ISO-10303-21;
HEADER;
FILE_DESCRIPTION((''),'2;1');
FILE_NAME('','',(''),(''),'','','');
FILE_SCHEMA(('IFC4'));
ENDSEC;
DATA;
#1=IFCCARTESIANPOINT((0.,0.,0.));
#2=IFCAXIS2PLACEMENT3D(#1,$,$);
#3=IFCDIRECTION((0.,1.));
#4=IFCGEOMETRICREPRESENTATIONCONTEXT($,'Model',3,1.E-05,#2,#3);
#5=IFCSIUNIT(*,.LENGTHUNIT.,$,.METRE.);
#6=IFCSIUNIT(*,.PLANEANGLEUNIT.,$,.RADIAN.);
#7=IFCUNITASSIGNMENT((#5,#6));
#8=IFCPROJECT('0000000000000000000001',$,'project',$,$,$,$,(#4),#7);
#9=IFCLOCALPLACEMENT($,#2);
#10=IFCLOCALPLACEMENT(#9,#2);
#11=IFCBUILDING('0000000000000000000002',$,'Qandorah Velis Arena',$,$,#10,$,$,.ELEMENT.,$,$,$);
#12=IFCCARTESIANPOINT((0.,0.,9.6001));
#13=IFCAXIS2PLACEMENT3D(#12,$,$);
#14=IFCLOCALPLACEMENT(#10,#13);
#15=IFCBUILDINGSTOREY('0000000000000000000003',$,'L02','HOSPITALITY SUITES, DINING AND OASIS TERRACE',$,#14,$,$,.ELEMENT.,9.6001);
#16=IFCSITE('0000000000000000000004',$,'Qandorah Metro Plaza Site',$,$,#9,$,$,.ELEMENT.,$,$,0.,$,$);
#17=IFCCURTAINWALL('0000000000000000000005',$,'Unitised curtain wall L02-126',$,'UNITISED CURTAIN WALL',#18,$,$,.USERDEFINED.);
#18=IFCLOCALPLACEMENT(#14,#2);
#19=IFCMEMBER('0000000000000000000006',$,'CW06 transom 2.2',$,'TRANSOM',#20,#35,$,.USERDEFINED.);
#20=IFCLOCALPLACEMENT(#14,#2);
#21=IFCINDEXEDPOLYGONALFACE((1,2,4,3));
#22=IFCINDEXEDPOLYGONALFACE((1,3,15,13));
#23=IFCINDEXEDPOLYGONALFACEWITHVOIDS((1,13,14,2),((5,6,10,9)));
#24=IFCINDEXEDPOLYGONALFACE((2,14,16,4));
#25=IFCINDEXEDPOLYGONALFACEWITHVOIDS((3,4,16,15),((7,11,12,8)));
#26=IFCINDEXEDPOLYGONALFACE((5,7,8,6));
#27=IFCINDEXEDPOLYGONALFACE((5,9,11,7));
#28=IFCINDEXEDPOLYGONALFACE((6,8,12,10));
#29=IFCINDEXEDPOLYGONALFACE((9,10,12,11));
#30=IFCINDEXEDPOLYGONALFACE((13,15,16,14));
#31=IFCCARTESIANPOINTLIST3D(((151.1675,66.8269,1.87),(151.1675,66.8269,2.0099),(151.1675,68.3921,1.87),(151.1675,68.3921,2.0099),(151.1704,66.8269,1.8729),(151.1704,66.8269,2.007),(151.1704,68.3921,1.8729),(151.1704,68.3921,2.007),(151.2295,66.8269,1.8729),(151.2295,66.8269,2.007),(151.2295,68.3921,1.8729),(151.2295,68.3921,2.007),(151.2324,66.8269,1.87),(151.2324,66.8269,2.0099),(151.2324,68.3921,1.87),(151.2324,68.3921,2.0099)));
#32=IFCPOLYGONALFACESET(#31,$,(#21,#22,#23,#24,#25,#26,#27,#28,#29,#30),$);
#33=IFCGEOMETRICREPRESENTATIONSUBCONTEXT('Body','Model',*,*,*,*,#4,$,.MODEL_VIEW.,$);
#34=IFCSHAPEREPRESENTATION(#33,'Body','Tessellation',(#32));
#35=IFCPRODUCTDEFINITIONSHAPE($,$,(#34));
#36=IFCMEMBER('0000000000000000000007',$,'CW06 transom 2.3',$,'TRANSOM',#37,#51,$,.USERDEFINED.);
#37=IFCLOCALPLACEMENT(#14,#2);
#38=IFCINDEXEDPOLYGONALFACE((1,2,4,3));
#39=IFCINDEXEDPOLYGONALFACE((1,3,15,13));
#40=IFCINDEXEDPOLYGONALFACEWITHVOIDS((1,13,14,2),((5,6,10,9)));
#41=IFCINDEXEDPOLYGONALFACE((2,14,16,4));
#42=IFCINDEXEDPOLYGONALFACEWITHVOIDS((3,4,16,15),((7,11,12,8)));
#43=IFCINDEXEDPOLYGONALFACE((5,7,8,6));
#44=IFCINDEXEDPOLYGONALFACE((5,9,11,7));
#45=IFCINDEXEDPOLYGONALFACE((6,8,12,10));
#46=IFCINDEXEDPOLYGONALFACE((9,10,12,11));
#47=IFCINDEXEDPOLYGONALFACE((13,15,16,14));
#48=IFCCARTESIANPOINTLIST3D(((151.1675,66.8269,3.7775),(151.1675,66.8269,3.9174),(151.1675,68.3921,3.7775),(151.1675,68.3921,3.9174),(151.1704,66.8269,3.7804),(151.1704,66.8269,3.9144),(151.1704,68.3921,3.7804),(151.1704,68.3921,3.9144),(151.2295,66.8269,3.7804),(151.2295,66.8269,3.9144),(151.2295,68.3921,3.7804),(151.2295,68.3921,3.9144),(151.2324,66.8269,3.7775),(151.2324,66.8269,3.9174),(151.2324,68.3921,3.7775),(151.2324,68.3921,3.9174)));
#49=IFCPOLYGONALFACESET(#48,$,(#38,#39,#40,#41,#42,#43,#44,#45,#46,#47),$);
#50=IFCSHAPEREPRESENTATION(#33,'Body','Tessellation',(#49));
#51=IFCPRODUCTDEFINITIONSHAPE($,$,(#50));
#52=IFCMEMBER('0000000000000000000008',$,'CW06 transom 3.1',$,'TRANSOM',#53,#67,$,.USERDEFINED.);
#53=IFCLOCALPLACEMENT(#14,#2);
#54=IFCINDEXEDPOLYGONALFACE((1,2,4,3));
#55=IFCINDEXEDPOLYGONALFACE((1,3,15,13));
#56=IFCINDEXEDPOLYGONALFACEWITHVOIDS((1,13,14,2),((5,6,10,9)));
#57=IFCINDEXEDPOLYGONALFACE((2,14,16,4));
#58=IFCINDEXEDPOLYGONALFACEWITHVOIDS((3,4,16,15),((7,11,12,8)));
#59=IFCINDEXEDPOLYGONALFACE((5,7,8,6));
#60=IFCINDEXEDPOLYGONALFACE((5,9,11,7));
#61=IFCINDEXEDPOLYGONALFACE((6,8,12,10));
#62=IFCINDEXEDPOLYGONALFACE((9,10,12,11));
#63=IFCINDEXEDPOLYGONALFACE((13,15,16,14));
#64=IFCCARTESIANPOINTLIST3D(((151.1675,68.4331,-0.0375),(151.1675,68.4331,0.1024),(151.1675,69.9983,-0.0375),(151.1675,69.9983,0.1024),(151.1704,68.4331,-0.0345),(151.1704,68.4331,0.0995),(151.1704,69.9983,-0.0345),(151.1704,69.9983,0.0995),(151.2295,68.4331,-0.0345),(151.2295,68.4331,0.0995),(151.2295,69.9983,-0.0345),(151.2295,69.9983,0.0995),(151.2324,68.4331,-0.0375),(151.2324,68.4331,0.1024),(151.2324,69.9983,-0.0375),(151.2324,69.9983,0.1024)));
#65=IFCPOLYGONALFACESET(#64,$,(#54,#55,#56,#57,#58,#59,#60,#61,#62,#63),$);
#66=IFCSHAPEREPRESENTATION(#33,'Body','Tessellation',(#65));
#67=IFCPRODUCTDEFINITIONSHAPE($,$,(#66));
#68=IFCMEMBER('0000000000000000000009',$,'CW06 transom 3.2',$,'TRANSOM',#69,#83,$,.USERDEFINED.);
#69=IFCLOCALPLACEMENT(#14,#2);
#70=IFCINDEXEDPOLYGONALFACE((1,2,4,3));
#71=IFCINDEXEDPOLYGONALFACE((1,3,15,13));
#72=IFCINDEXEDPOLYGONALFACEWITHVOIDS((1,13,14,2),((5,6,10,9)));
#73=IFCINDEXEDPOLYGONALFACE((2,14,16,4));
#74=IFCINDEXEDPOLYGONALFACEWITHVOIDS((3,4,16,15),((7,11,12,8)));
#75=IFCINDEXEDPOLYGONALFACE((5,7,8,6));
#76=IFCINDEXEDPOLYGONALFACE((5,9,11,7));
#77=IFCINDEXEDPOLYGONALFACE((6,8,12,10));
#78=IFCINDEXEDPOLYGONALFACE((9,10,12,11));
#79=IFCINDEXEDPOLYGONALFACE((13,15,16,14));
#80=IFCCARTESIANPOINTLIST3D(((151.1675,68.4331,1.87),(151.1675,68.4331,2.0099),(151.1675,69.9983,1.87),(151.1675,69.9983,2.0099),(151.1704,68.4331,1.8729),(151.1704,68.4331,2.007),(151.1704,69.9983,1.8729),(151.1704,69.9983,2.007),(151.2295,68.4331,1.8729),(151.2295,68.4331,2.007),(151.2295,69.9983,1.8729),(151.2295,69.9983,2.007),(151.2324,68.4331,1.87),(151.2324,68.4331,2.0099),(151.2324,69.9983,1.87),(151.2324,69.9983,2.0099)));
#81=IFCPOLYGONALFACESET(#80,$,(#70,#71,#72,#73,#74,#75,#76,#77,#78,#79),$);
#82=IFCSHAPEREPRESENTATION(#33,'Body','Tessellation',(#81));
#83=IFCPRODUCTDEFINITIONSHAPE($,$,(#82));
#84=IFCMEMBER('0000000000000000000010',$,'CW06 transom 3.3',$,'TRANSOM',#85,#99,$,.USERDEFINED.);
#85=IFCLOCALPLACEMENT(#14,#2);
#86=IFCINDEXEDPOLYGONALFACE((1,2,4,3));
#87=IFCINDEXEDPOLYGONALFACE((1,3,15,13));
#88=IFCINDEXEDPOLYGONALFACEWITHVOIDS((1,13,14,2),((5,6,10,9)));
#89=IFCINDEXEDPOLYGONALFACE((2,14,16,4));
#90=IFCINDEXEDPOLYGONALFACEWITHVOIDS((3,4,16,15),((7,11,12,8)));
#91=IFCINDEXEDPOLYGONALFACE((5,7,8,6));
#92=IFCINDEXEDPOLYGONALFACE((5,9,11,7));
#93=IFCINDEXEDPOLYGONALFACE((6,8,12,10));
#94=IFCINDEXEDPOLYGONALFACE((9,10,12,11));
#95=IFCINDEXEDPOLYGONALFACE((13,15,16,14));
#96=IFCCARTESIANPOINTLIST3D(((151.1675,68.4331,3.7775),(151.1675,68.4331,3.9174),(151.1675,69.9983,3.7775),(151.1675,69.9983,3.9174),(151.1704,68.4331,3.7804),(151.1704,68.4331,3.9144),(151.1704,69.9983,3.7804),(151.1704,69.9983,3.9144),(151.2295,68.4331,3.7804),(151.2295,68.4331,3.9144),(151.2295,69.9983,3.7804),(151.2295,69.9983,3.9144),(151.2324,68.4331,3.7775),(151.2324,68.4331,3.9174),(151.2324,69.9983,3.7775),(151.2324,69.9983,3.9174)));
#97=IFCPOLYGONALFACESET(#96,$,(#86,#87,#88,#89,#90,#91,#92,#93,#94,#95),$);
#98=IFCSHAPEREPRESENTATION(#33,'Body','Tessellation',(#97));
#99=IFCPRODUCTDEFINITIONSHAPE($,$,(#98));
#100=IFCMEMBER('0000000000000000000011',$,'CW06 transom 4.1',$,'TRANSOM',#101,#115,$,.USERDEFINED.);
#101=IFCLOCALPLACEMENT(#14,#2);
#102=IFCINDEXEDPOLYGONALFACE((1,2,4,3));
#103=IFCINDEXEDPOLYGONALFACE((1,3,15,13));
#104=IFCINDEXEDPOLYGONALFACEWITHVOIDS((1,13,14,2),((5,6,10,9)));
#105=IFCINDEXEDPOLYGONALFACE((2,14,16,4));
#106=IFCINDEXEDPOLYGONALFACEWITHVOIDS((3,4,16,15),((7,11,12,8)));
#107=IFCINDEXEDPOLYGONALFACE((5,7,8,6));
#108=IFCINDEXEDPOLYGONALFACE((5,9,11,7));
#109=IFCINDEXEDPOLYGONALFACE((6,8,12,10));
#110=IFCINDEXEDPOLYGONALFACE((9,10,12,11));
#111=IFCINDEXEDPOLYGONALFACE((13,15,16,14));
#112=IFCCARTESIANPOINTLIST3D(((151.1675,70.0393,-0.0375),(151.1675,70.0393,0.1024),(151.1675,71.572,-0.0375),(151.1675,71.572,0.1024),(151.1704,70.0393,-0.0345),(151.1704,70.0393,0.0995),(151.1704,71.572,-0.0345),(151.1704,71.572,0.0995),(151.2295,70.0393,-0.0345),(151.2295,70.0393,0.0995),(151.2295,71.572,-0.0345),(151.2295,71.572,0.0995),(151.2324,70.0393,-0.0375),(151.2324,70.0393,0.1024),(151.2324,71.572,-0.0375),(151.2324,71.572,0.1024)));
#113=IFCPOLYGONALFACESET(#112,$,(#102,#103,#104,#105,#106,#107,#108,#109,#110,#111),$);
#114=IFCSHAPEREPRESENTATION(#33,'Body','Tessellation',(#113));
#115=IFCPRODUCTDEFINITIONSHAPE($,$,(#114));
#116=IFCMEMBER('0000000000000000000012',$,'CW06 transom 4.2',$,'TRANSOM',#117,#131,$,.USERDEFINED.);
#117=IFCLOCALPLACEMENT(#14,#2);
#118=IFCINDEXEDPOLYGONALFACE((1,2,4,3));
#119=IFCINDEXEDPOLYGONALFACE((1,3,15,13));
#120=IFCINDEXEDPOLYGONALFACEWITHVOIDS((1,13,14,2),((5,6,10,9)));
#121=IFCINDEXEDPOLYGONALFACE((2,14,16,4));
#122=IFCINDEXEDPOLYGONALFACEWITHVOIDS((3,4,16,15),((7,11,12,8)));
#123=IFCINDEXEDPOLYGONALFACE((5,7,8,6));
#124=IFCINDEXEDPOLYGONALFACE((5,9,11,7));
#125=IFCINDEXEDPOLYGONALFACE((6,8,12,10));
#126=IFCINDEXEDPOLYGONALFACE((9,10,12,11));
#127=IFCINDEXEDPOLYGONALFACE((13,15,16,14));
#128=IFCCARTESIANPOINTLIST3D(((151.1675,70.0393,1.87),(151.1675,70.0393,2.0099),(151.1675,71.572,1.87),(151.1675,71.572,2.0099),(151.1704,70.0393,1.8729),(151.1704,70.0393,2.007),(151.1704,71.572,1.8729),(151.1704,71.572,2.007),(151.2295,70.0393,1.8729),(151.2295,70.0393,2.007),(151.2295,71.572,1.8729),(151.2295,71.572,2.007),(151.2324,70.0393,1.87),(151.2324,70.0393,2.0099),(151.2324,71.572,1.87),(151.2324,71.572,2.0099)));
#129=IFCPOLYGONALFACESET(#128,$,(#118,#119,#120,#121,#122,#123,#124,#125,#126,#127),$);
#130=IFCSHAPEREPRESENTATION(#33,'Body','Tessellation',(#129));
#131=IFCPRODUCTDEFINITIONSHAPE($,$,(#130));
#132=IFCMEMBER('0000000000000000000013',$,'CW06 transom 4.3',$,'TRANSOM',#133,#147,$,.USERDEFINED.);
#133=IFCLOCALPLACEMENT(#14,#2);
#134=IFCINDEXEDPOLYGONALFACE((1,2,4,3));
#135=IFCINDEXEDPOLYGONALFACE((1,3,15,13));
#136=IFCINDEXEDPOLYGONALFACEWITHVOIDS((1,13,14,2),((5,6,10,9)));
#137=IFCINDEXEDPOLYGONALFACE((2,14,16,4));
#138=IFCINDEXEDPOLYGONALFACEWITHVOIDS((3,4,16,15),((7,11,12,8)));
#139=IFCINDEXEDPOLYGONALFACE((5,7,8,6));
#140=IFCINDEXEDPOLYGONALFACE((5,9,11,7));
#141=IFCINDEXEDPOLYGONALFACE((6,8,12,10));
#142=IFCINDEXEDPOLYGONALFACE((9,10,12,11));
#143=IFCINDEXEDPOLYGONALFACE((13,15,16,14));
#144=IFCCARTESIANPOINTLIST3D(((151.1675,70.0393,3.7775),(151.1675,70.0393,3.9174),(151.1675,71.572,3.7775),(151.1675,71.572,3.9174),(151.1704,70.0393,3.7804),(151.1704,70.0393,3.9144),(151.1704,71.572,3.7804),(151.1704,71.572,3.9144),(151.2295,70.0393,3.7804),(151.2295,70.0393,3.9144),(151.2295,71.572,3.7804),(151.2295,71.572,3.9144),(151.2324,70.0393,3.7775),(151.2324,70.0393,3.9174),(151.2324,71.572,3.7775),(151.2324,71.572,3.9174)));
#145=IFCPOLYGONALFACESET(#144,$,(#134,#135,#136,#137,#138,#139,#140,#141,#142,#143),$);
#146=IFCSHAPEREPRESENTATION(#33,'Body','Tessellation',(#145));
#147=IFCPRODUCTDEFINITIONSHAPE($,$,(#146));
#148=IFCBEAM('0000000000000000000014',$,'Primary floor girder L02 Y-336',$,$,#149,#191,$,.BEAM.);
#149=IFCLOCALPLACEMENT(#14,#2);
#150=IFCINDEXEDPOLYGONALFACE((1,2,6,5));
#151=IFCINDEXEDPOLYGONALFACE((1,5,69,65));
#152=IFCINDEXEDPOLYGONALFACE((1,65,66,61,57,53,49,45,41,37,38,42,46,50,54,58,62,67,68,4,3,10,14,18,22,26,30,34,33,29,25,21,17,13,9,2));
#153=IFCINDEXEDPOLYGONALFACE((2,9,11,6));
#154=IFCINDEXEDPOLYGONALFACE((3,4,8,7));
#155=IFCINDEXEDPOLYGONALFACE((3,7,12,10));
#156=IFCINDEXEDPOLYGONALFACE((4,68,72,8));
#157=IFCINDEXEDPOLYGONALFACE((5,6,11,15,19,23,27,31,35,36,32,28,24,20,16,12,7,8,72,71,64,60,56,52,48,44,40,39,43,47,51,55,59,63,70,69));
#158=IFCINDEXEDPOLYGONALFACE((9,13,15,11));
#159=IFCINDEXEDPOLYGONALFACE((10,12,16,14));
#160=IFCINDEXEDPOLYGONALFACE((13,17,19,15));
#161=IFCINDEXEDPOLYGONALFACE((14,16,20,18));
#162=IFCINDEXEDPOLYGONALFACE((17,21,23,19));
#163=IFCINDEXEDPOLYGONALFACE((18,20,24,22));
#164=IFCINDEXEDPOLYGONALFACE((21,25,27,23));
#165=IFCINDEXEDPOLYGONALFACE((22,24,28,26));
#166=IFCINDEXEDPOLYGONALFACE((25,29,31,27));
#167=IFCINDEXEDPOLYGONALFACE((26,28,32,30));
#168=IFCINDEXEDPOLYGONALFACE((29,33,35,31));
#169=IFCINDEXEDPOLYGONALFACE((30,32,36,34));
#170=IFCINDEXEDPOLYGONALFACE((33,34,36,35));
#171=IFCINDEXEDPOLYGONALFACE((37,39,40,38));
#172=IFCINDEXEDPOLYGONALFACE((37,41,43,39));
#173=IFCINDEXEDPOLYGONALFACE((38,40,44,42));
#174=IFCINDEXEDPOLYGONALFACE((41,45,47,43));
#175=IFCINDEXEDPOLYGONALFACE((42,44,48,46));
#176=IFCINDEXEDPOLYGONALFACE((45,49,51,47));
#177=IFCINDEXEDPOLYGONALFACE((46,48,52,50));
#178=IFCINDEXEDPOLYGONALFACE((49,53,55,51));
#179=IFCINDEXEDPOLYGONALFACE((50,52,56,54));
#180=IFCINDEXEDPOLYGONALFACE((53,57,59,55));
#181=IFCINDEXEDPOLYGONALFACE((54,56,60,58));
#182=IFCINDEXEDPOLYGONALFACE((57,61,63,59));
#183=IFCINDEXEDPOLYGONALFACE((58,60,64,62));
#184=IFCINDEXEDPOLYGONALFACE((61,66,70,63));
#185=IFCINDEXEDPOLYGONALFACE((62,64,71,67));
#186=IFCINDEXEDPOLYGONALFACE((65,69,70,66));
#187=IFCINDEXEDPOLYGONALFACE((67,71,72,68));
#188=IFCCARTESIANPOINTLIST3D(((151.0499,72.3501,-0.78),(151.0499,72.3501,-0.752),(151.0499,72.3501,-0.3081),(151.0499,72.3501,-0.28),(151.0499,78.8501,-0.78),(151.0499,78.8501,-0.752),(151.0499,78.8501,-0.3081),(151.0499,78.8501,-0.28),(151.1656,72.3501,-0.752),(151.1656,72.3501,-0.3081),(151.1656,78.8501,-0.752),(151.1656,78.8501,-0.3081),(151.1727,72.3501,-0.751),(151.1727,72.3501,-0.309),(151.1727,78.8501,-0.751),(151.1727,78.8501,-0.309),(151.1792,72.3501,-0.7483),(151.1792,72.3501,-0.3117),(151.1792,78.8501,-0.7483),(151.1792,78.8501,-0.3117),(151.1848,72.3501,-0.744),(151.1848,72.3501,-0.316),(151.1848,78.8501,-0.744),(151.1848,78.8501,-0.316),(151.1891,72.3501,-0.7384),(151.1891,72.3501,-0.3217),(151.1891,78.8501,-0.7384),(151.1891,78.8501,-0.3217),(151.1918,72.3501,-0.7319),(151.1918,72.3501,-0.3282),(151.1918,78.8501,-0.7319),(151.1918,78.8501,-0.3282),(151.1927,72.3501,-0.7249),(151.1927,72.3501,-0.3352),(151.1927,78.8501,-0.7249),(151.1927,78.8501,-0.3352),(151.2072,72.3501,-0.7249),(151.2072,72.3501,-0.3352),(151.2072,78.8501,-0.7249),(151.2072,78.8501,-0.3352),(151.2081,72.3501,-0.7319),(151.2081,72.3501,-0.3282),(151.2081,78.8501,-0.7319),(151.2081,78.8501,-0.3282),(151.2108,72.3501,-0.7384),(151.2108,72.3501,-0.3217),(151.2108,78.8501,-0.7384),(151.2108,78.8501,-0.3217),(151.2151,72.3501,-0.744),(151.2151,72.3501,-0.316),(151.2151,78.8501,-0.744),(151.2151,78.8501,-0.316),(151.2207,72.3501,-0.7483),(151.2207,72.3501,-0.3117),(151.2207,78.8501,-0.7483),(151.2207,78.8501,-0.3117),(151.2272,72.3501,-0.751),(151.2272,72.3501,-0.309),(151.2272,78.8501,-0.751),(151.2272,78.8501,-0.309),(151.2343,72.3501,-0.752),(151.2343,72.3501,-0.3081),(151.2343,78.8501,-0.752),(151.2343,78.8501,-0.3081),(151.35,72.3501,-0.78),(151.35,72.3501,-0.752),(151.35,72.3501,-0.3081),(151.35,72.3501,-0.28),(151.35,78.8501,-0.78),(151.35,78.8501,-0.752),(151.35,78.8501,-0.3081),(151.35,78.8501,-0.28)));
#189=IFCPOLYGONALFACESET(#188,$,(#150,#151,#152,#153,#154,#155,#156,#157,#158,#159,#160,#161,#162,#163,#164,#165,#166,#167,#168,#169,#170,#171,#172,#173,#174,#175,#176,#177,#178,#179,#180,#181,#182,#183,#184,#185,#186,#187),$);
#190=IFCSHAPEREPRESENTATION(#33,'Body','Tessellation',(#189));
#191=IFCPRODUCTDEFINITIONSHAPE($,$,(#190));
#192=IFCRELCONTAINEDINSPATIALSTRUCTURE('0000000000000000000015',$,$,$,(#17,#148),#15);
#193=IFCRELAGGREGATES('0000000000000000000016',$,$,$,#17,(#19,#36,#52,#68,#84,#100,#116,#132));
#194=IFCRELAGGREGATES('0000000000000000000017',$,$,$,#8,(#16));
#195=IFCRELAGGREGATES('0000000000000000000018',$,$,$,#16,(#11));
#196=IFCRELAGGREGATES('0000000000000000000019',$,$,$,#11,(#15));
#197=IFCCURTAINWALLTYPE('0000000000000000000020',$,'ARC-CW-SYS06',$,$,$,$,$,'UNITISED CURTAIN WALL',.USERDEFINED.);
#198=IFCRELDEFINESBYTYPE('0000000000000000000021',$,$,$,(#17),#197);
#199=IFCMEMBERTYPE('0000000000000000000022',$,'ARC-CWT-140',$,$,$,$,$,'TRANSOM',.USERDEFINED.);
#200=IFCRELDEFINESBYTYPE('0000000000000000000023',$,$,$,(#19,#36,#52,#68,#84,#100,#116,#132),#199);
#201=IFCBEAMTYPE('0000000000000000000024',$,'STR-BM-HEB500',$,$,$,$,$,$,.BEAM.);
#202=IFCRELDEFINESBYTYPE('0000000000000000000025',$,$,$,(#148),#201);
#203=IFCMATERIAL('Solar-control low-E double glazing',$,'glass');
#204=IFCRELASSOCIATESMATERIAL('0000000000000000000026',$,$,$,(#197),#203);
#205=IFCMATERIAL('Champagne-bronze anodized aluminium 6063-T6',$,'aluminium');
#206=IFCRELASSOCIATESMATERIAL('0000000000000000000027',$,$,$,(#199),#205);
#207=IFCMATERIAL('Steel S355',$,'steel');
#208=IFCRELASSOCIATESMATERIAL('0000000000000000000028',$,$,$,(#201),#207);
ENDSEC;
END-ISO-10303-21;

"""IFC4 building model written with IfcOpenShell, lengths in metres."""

from ifc_helpers import new_model, si_unit, direction, frame, origin, origin_2d, place, context, subcontext, project, spatial, hollow_rectangle, i_section, extrude, material, material_profile, profile_set, type_object, element, aggregate, save


model = new_model("IFC4")

# Units and contexts
model_context = context("Model", 3, precision=1e-05, world=origin(), true_north=direction((0.0, 1.0)))
body_context = subcontext(model_context, "Body", "Model", "MODEL_VIEW")
ifc_project = project(units=[si_unit("LENGTHUNIT", "METRE"), si_unit("PLANEANGLEUNIT", "RADIAN")], contexts=[model_context])

# Site, building, storey
site_placement = place(None, origin())
site = spatial("IfcSite", under=ifc_project, at=site_placement, Name="Qandorah Metro Plaza Site", CompositionType="ELEMENT", RefElevation=0.0)
building_placement = place(site_placement, origin())
building = spatial("IfcBuilding", under=site, at=building_placement, Name="Qandorah Velis Arena", CompositionType="ELEMENT")
storey_placement = place(building_placement, frame((0.0, 0.0, 9.6001)))
storey = spatial("IfcBuildingStorey", under=building, at=storey_placement, Name="L02", Description="HOSPITALITY SUITES, DINING AND OASIS TERRACE", CompositionType="ELEMENT", Elevation=9.6001)

# Shared definitions
ifc_material_1 = material(Name="Solar-control low-E double glazing", Category="glass")
ifc_material_2 = material(Name="Champagne-bronze anodized aluminium 6063-T6", Category="aluminium")

# Curtain wall
curtain_wall_type_1 = type_object("IfcCurtainWallType", Name="ARC-CW-SYS06", ElementType="UNITISED CURTAIN WALL", PredefinedType="USERDEFINED", material=ifc_material_1)
curtain_wall_1_placement = place(storey_placement, origin())
curtain_wall_1 = element("IfcCurtainWall", 1, at=curtain_wall_1_placement, inside=storey, type_object=curtain_wall_type_1, Name="Unitised curtain wall L02-126", ObjectType="UNITISED CURTAIN WALL", PredefinedType="USERDEFINED")

# Members
ifc_material_profile_1 = material_profile(ifc_material_2, hollow_rectangle(XDim=0.0649, YDim=0.1399, WallThickness=0.0029, at=origin_2d()), Name="ALU TRANSOM 65x140")
ifc_profile_set_1 = profile_set([ifc_material_profile_1], Name="Champagne-bronze anodized aluminium 6063-T6")
member_type_1 = type_object("IfcMemberType", Name="ARC-CWT-140", ElementType="TRANSOM", PredefinedType="USERDEFINED", material=ifc_profile_set_1)
member_1_placement = place(storey_placement, frame((151.2, 66.8269, 1.9399), z_axis=(0.0, 1.0, 0.0), x_axis=(-1.0, 0.0, 0.0)))
member_1 = element("IfcMember", 2, at=member_1_placement, type_object=member_type_1, Name="CW06 transom 2.2", ObjectType="TRANSOM", PredefinedType="USERDEFINED", context=body_context, shape_type="SweptSolid", body=[
    extrude(hollow_rectangle(XDim=0.0649, YDim=0.1399, WallThickness=0.0029, at=origin_2d()), origin(), (0.0, 0.0, 1.0), 1.5652),
])
member_2_placement = place(storey_placement, frame((151.2, 66.8269, 3.8474), z_axis=(0.0, 1.0, 0.0), x_axis=(-1.0, 0.0, 0.0)))
member_2 = element("IfcMember", 3, at=member_2_placement, type_object=member_type_1, Name="CW06 transom 2.3", ObjectType="TRANSOM", PredefinedType="USERDEFINED", context=body_context, shape_type="SweptSolid", body=[
    extrude(hollow_rectangle(XDim=0.0649, YDim=0.1399, WallThickness=0.0029, at=origin_2d()), origin(), (0.0, 0.0, 1.0), 1.5652),
])
member_3_placement = place(storey_placement, frame((151.2, 68.4331, 0.0325), z_axis=(0.0, 1.0, 0.0), x_axis=(-1.0, 0.0, 0.0)))
member_3 = element("IfcMember", 4, at=member_3_placement, type_object=member_type_1, Name="CW06 transom 3.1", ObjectType="TRANSOM", PredefinedType="USERDEFINED", context=body_context, shape_type="SweptSolid", body=[
    extrude(hollow_rectangle(XDim=0.0649, YDim=0.1399, WallThickness=0.0029, at=origin_2d()), origin(), (0.0, 0.0, 1.0), 1.5652),
])
member_4_placement = place(storey_placement, frame((151.2, 68.4331, 1.9399), z_axis=(0.0, 1.0, 0.0), x_axis=(-1.0, 0.0, 0.0)))
member_4 = element("IfcMember", 5, at=member_4_placement, type_object=member_type_1, Name="CW06 transom 3.2", ObjectType="TRANSOM", PredefinedType="USERDEFINED", context=body_context, shape_type="SweptSolid", body=[
    extrude(hollow_rectangle(XDim=0.0649, YDim=0.1399, WallThickness=0.0029, at=origin_2d()), origin(), (0.0, 0.0, 1.0), 1.5652),
])
member_5_placement = place(storey_placement, frame((151.2, 68.4331, 3.8474), z_axis=(0.0, 1.0, 0.0), x_axis=(-1.0, 0.0, 0.0)))
member_5 = element("IfcMember", 6, at=member_5_placement, type_object=member_type_1, Name="CW06 transom 3.3", ObjectType="TRANSOM", PredefinedType="USERDEFINED", context=body_context, shape_type="SweptSolid", body=[
    extrude(hollow_rectangle(XDim=0.0649, YDim=0.1399, WallThickness=0.0029, at=origin_2d()), origin(), (0.0, 0.0, 1.0), 1.5652),
])
member_6_placement = place(storey_placement, frame((151.2, 70.0393, 0.0325), z_axis=(0.0, 1.0, 0.0), x_axis=(-1.0, 0.0, 0.0)))
member_6 = element("IfcMember", 7, at=member_6_placement, type_object=member_type_1, Name="CW06 transom 4.1", ObjectType="TRANSOM", PredefinedType="USERDEFINED", context=body_context, shape_type="SweptSolid", body=[
    extrude(hollow_rectangle(XDim=0.0649, YDim=0.1399, WallThickness=0.0029, at=origin_2d()), origin(), (0.0, 0.0, 1.0), 1.5327),
])
member_7_placement = place(storey_placement, frame((151.2, 70.0393, 1.9399), z_axis=(0.0, 1.0, 0.0), x_axis=(-1.0, 0.0, 0.0)))
member_7 = element("IfcMember", 8, at=member_7_placement, type_object=member_type_1, Name="CW06 transom 4.2", ObjectType="TRANSOM", PredefinedType="USERDEFINED", context=body_context, shape_type="SweptSolid", body=[
    extrude(hollow_rectangle(XDim=0.0649, YDim=0.1399, WallThickness=0.0029, at=origin_2d()), origin(), (0.0, 0.0, 1.0), 1.5327),
])
member_8_placement = place(storey_placement, frame((151.2, 70.0393, 3.8474), z_axis=(0.0, 1.0, 0.0), x_axis=(-1.0, 0.0, 0.0)))
member_8 = element("IfcMember", 9, at=member_8_placement, type_object=member_type_1, Name="CW06 transom 4.3", ObjectType="TRANSOM", PredefinedType="USERDEFINED", context=body_context, shape_type="SweptSolid", body=[
    extrude(hollow_rectangle(XDim=0.0649, YDim=0.1399, WallThickness=0.0029, at=origin_2d()), origin(), (0.0, 0.0, 1.0), 1.5327),
])

# Beam
ifc_material_3 = material(Name="Steel S355", Category="steel")
ifc_material_profile_2 = material_profile(ifc_material_3, i_section(OverallWidth=0.3, OverallDepth=0.5, WebThickness=0.0144, FlangeThickness=0.0281, FilletRadius=0.0271, at=origin_2d()), Name="HEB 500")
ifc_profile_set_2 = profile_set([ifc_material_profile_2], Name="Steel S355")
beam_type_1 = type_object("IfcBeamType", Name="STR-BM-HEB500", PredefinedType="BEAM", material=ifc_profile_set_2)
beam_1_placement = place(storey_placement, frame((151.2, 72.3501, -0.53), z_axis=(0.0, 1.0, 0.0), x_axis=(-1.0, 0.0, 0.0)))
element("IfcBeam", 10, at=beam_1_placement, inside=storey, type_object=beam_type_1, Name="Primary floor girder L02 Y-336", PredefinedType="BEAM", context=body_context, shape_type="SweptSolid", body=[
    extrude(i_section(OverallWidth=0.3, OverallDepth=0.5, WebThickness=0.0144, FlangeThickness=0.0281, FilletRadius=0.0271, at=origin_2d()), origin(), (0.0, 0.0, 1.0), 6.5),
])

aggregate(curtain_wall_1, [member_1, member_2, member_3, member_4, member_5, member_6, member_7, member_8])

save(model, "model.ifc")
